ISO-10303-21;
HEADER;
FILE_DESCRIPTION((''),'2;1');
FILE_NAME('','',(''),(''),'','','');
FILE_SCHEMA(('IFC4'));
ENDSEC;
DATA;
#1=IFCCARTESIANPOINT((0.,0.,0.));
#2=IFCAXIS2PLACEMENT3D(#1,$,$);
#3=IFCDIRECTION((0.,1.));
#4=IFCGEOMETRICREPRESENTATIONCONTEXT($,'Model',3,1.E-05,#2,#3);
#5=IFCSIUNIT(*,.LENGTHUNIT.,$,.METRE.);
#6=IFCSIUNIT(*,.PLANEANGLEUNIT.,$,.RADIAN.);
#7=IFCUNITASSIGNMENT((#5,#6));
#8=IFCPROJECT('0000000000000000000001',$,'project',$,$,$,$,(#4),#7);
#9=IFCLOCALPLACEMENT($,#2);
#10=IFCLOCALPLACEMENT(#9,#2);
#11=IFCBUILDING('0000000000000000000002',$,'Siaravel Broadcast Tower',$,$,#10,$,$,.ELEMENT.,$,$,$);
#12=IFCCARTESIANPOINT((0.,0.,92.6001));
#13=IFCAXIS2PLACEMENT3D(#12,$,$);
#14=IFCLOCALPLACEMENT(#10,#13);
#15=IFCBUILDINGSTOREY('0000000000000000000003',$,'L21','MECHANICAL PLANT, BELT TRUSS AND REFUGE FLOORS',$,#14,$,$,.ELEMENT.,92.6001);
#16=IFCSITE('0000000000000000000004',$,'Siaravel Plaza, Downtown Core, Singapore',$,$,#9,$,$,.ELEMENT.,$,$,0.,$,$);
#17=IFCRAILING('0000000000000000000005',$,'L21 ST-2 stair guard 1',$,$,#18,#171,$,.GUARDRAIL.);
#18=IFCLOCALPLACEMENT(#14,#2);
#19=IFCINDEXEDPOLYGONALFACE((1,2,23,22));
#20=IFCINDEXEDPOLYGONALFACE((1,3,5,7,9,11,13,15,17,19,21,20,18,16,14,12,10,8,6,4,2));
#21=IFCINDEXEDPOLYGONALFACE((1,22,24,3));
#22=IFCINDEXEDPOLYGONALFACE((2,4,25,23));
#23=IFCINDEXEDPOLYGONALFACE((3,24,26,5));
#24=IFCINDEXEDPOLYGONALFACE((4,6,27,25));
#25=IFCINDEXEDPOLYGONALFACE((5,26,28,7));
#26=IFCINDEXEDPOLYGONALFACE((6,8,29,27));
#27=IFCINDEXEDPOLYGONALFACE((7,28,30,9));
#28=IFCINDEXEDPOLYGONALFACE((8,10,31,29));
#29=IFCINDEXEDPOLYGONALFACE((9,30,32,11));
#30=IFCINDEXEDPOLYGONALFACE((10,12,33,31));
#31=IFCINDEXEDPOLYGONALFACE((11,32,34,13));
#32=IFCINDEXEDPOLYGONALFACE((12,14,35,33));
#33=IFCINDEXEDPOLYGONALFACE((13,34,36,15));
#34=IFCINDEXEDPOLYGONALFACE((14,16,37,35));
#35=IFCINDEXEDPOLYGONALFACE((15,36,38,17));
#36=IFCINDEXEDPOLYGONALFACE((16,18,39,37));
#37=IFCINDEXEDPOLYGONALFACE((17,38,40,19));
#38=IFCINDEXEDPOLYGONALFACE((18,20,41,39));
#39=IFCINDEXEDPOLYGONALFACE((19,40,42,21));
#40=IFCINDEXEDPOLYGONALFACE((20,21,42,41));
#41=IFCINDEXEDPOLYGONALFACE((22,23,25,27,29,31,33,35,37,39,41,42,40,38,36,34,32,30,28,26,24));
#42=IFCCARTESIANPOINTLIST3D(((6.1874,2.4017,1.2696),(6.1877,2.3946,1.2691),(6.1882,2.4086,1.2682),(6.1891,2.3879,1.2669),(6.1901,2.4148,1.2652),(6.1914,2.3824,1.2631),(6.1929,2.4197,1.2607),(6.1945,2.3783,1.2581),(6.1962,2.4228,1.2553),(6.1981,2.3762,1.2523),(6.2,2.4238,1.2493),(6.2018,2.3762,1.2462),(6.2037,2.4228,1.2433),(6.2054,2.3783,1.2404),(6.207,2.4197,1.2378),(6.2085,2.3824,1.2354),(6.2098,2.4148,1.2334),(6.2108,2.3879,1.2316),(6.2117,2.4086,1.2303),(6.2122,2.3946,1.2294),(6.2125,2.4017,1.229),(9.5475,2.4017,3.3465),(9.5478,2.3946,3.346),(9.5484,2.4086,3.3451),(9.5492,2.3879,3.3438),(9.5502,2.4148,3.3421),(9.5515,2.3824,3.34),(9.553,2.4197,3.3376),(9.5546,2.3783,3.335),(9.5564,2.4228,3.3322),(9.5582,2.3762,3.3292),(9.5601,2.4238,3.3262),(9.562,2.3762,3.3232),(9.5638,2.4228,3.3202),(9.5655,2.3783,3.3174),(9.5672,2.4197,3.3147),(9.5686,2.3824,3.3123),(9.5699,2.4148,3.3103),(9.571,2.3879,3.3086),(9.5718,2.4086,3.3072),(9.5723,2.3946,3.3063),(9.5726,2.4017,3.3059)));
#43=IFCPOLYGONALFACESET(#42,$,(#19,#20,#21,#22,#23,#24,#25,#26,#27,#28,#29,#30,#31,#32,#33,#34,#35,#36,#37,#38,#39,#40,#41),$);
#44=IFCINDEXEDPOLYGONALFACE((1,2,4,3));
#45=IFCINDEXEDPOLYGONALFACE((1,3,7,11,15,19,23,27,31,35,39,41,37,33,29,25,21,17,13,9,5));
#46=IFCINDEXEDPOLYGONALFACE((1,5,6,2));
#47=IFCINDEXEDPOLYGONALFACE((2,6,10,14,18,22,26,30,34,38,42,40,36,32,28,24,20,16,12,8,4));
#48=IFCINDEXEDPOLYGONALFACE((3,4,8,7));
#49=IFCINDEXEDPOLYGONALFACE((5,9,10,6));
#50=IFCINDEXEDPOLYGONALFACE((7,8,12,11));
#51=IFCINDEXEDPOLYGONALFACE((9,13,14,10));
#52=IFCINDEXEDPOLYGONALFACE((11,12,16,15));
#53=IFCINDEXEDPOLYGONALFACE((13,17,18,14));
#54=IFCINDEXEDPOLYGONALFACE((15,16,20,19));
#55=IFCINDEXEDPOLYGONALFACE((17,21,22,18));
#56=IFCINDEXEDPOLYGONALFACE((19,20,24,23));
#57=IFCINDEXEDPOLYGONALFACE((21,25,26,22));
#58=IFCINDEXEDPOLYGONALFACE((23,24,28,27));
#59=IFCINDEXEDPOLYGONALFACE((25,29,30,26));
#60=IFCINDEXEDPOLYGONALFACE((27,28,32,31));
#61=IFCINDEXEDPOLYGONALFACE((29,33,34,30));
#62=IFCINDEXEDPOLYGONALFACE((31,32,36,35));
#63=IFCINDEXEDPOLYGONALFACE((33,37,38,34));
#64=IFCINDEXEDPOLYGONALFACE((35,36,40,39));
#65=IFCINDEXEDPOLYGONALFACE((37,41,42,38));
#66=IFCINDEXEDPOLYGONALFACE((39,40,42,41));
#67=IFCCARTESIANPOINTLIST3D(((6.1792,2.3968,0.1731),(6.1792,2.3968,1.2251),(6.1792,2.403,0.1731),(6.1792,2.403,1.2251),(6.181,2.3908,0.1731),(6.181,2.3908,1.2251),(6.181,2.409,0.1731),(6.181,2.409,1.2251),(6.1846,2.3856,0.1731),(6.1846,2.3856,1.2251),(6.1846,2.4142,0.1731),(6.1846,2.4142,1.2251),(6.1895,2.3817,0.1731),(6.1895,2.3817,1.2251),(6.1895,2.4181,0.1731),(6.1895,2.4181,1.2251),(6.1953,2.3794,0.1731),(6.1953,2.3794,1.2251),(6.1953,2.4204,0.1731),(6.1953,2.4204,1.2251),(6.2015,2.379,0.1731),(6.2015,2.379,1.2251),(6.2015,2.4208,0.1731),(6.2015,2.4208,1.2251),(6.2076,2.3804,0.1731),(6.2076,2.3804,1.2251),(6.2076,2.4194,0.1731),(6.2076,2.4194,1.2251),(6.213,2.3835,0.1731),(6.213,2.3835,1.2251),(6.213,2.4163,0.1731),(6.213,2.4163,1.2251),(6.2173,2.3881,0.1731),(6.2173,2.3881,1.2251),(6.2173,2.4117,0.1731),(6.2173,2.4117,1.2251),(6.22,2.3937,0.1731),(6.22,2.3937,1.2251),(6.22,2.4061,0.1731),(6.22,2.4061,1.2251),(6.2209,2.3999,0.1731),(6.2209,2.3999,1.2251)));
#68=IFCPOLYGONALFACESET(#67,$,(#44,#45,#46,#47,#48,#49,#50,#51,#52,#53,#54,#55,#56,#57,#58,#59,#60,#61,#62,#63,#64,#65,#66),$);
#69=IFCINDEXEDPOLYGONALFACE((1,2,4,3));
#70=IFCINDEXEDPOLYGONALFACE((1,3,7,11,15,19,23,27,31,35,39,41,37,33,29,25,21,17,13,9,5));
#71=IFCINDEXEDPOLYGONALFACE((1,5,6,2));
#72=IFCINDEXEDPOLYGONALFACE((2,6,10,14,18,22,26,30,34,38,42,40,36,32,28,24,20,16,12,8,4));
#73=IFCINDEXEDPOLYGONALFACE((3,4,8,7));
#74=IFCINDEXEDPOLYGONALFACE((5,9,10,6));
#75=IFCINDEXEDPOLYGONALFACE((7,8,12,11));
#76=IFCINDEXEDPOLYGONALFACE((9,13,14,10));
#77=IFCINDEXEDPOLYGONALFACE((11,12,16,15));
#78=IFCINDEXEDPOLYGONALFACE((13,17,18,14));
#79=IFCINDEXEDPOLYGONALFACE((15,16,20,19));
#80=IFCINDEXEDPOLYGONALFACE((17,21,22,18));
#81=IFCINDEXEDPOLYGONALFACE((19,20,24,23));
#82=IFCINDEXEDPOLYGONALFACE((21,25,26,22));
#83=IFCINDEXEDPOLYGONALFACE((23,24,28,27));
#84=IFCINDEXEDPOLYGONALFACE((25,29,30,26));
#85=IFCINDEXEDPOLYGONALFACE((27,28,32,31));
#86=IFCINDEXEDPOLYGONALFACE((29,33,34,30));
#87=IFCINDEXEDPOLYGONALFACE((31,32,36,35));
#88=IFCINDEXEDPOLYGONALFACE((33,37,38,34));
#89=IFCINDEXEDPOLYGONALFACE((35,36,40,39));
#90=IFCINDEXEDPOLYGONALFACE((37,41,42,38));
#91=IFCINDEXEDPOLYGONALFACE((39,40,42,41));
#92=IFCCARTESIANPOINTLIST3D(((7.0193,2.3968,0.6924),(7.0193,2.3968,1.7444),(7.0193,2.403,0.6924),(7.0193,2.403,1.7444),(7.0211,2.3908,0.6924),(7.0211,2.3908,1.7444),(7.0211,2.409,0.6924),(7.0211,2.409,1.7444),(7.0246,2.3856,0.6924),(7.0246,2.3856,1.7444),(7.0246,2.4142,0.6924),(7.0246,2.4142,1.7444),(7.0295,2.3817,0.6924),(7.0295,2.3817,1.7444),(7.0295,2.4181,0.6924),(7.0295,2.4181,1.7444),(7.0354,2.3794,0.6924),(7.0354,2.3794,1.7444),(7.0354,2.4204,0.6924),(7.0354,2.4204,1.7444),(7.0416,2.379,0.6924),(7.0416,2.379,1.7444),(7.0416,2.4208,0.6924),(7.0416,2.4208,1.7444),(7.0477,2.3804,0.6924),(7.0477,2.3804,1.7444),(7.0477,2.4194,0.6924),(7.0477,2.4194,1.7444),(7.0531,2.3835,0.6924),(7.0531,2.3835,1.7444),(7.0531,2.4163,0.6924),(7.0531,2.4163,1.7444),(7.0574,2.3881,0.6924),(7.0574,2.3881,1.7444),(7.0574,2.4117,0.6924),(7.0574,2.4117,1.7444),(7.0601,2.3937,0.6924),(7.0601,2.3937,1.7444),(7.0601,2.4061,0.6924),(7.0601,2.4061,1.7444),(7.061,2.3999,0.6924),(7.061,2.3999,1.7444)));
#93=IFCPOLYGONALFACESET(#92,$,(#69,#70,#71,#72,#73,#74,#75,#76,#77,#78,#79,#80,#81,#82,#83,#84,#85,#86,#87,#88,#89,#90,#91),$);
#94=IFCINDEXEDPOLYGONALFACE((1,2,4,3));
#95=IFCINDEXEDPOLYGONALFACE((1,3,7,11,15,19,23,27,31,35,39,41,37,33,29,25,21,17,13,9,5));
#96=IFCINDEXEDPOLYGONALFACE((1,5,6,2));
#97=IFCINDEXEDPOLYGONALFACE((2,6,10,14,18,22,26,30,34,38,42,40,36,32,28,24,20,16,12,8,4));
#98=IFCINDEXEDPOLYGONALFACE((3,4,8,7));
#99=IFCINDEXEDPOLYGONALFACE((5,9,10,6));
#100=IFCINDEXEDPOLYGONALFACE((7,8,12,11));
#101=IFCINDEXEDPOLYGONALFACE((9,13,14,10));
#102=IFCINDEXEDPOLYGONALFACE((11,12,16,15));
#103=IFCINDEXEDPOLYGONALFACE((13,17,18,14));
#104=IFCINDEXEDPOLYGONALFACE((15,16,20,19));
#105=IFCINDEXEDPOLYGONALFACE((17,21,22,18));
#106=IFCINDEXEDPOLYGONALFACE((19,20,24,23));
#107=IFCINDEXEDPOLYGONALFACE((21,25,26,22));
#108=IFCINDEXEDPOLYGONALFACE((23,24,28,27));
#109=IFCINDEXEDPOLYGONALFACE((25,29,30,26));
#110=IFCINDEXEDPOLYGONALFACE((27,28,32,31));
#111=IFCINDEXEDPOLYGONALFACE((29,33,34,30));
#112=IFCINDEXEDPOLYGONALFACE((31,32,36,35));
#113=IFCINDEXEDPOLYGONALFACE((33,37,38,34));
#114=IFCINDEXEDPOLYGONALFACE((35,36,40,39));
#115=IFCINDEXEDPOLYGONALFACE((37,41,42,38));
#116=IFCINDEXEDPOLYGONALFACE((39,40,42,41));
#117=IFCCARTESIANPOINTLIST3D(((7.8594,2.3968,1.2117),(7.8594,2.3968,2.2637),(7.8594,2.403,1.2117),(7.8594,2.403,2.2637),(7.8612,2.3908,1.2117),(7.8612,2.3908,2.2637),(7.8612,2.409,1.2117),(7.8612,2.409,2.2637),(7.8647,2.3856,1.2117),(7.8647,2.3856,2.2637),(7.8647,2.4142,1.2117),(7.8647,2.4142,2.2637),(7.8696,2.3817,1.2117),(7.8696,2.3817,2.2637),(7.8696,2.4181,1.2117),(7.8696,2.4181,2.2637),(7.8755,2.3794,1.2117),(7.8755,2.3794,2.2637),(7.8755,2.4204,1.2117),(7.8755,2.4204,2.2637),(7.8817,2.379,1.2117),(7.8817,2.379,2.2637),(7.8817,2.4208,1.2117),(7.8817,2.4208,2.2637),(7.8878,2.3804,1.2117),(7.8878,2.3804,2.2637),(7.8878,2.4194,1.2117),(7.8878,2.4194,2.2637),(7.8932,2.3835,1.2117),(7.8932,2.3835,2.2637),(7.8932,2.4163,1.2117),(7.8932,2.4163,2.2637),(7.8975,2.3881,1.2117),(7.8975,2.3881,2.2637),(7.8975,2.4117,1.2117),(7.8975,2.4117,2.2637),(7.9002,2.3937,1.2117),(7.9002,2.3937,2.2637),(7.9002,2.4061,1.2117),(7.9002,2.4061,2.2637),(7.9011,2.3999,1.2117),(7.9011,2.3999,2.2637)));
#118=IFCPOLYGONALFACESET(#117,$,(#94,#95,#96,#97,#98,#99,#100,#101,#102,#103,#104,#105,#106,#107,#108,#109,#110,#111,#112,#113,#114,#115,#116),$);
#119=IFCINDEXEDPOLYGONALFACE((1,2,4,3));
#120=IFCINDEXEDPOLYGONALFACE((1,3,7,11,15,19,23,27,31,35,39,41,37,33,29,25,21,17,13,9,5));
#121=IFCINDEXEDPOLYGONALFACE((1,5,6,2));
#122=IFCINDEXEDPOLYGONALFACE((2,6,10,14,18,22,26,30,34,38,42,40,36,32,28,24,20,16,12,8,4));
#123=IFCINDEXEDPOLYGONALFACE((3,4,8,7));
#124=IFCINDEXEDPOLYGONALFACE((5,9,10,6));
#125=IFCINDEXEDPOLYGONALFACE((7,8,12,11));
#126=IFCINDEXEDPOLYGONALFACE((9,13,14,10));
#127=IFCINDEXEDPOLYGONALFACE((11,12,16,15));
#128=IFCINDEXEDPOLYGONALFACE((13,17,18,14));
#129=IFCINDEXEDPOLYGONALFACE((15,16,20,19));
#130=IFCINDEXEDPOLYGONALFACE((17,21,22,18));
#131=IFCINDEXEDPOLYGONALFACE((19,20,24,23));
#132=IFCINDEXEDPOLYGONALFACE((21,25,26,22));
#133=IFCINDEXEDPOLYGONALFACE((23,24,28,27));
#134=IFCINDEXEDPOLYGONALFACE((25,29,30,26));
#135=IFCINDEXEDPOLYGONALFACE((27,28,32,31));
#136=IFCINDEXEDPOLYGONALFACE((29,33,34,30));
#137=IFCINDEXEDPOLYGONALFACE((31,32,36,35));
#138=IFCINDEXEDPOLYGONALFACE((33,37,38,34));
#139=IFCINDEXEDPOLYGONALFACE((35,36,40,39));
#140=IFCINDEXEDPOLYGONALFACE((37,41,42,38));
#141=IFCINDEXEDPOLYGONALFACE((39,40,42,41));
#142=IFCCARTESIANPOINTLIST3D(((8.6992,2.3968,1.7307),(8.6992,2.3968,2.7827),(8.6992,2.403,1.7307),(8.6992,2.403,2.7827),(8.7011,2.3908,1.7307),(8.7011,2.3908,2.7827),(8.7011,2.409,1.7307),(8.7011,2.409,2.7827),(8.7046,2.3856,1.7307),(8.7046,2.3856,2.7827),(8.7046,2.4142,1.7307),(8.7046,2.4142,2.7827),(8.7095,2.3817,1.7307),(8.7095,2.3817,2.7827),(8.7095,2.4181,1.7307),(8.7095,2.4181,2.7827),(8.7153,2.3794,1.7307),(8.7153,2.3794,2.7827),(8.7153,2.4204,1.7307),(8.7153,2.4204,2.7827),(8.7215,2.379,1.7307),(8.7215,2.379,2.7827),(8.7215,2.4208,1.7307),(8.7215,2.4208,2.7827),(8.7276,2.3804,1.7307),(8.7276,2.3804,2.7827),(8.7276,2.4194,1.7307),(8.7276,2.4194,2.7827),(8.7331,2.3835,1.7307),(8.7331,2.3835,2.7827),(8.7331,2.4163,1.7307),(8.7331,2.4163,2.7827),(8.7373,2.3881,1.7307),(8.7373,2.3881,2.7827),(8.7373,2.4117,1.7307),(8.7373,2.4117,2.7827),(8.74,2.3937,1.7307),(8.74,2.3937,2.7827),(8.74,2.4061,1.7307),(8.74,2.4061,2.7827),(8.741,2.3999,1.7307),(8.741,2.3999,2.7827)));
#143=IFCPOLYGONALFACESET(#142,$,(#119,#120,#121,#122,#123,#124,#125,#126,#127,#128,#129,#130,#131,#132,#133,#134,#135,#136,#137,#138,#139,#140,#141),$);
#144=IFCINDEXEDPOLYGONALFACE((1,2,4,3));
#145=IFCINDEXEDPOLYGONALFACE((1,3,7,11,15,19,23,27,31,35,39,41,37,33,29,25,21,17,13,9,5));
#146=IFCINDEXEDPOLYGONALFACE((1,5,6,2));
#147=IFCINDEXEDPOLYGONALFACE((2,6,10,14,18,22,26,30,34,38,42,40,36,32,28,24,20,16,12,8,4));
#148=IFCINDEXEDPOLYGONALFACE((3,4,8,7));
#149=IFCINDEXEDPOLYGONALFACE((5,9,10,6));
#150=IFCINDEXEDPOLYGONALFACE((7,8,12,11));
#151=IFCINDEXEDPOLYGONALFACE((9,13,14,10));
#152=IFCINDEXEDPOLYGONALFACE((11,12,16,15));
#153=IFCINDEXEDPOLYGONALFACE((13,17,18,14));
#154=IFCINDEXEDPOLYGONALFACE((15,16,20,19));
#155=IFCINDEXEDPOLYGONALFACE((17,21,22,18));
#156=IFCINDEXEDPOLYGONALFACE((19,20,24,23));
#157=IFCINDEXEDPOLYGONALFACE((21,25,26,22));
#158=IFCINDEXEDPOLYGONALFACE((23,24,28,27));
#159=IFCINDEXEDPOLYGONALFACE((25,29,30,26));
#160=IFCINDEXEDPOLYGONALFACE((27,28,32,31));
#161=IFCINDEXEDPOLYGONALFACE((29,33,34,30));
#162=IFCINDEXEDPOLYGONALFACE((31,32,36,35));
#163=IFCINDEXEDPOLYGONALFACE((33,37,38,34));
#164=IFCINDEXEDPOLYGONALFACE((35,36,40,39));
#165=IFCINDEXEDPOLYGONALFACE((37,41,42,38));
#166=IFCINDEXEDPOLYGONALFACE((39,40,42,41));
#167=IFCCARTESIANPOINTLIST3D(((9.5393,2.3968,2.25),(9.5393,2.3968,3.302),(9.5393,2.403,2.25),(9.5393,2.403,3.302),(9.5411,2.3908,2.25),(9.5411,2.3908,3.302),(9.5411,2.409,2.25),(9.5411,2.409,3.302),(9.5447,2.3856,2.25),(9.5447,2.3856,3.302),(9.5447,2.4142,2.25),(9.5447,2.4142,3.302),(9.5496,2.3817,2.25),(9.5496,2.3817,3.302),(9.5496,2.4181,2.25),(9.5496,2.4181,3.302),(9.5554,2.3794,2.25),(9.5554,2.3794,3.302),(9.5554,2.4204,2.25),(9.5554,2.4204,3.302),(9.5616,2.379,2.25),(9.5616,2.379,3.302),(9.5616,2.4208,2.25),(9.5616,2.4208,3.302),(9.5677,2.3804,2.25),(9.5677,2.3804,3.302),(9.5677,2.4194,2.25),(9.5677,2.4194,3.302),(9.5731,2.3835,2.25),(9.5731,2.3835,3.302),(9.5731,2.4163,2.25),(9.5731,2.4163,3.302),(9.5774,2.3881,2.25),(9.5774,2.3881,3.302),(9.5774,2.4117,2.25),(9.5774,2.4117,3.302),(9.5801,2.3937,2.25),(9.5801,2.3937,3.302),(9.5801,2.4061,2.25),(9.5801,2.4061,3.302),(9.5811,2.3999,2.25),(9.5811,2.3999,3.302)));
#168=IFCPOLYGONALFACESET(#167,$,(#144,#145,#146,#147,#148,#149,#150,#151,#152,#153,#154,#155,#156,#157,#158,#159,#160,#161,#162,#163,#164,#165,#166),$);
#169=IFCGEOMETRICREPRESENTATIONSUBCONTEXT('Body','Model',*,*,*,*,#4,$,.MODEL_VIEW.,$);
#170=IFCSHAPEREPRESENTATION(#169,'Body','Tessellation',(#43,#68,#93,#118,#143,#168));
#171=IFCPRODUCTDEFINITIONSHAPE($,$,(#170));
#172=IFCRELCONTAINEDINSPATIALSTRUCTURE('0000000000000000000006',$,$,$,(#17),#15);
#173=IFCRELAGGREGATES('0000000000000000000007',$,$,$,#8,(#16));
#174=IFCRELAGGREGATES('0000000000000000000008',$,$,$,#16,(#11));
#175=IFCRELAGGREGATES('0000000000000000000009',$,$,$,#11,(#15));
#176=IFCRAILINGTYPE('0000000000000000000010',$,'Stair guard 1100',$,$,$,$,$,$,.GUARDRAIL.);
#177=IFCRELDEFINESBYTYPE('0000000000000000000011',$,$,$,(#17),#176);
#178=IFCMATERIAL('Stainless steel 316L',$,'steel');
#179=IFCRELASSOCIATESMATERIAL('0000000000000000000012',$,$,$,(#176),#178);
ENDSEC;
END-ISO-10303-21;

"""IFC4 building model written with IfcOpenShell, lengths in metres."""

from ifc_helpers import new_model, si_unit, direction, frame, origin, origin_2d, place, context, subcontext, project, spatial, circle, extrude, material, type_object, element, save


model = new_model("IFC4")

# Units and contexts
model_context = context("Model", 3, precision=1e-05, world=origin(), true_north=direction((0.0, 1.0)))
body_context = subcontext(model_context, "Body", "Model", "MODEL_VIEW")
ifc_project = project(units=[si_unit("LENGTHUNIT", "METRE"), si_unit("PLANEANGLEUNIT", "RADIAN")], contexts=[model_context])

# Site, building, storey
site_placement = place(None, origin())
site = spatial("IfcSite", under=ifc_project, at=site_placement, Name="Siaravel Plaza, Downtown Core, Singapore", CompositionType="ELEMENT", RefElevation=0.0)
building_placement = place(site_placement, origin())
building = spatial("IfcBuilding", under=site, at=building_placement, Name="Siaravel Broadcast Tower", CompositionType="ELEMENT")
storey_placement = place(building_placement, frame((0.0, 0.0, 92.6001)))
storey = spatial("IfcBuildingStorey", under=building, at=storey_placement, Name="L21", Description="MECHANICAL PLANT, BELT TRUSS AND REFUGE FLOORS", CompositionType="ELEMENT", Elevation=92.6001)

# Railing
ifc_material_1 = material(Name="Stainless steel 316L", Category="steel")
railing_type_1 = type_object("IfcRailingType", Name="Stair guard 1100", PredefinedType="GUARDRAIL", material=ifc_material_1)
railing_1_placement = place(storey_placement, frame((6.2, 2.3999, 0.1731)))
element("IfcRailing", 1, at=railing_1_placement, inside=storey, type_object=railing_type_1, Name="L21 ST-2 stair guard 1", PredefinedType="GUARDRAIL", context=body_context, shape_type="SweptSolid", body=[
    extrude(circle(Radius=0.0239, at=origin_2d()), frame((0.0, 0.0, 1.0762), z_axis=(0.850623, 0.0, 0.525776), x_axis=(0.0, 1.0, 0.0)), (0.0, 0.0, 1.0), 3.9502),
    extrude(circle(Radius=0.021, at=origin_2d()), origin(), (0.0, 0.0, 1.0), 1.052),
    extrude(circle(Radius=0.021, at=origin_2d()), frame((0.8401, 0.0, 0.5193)), (0.0, 0.0, 1.0), 1.052),
    extrude(circle(Radius=0.021, at=origin_2d()), frame((1.6802, 0.0, 1.0386)), (0.0, 0.0, 1.0), 1.052),
    extrude(circle(Radius=0.021, at=origin_2d()), frame((2.52, 0.0, 1.5576)), (0.0, 0.0, 1.0), 1.052),
    extrude(circle(Radius=0.021, at=origin_2d()), frame((3.3601, 0.0, 2.0769)), (0.0, 0.0, 1.0), 1.052),
])

save(model, "model.ifc")
